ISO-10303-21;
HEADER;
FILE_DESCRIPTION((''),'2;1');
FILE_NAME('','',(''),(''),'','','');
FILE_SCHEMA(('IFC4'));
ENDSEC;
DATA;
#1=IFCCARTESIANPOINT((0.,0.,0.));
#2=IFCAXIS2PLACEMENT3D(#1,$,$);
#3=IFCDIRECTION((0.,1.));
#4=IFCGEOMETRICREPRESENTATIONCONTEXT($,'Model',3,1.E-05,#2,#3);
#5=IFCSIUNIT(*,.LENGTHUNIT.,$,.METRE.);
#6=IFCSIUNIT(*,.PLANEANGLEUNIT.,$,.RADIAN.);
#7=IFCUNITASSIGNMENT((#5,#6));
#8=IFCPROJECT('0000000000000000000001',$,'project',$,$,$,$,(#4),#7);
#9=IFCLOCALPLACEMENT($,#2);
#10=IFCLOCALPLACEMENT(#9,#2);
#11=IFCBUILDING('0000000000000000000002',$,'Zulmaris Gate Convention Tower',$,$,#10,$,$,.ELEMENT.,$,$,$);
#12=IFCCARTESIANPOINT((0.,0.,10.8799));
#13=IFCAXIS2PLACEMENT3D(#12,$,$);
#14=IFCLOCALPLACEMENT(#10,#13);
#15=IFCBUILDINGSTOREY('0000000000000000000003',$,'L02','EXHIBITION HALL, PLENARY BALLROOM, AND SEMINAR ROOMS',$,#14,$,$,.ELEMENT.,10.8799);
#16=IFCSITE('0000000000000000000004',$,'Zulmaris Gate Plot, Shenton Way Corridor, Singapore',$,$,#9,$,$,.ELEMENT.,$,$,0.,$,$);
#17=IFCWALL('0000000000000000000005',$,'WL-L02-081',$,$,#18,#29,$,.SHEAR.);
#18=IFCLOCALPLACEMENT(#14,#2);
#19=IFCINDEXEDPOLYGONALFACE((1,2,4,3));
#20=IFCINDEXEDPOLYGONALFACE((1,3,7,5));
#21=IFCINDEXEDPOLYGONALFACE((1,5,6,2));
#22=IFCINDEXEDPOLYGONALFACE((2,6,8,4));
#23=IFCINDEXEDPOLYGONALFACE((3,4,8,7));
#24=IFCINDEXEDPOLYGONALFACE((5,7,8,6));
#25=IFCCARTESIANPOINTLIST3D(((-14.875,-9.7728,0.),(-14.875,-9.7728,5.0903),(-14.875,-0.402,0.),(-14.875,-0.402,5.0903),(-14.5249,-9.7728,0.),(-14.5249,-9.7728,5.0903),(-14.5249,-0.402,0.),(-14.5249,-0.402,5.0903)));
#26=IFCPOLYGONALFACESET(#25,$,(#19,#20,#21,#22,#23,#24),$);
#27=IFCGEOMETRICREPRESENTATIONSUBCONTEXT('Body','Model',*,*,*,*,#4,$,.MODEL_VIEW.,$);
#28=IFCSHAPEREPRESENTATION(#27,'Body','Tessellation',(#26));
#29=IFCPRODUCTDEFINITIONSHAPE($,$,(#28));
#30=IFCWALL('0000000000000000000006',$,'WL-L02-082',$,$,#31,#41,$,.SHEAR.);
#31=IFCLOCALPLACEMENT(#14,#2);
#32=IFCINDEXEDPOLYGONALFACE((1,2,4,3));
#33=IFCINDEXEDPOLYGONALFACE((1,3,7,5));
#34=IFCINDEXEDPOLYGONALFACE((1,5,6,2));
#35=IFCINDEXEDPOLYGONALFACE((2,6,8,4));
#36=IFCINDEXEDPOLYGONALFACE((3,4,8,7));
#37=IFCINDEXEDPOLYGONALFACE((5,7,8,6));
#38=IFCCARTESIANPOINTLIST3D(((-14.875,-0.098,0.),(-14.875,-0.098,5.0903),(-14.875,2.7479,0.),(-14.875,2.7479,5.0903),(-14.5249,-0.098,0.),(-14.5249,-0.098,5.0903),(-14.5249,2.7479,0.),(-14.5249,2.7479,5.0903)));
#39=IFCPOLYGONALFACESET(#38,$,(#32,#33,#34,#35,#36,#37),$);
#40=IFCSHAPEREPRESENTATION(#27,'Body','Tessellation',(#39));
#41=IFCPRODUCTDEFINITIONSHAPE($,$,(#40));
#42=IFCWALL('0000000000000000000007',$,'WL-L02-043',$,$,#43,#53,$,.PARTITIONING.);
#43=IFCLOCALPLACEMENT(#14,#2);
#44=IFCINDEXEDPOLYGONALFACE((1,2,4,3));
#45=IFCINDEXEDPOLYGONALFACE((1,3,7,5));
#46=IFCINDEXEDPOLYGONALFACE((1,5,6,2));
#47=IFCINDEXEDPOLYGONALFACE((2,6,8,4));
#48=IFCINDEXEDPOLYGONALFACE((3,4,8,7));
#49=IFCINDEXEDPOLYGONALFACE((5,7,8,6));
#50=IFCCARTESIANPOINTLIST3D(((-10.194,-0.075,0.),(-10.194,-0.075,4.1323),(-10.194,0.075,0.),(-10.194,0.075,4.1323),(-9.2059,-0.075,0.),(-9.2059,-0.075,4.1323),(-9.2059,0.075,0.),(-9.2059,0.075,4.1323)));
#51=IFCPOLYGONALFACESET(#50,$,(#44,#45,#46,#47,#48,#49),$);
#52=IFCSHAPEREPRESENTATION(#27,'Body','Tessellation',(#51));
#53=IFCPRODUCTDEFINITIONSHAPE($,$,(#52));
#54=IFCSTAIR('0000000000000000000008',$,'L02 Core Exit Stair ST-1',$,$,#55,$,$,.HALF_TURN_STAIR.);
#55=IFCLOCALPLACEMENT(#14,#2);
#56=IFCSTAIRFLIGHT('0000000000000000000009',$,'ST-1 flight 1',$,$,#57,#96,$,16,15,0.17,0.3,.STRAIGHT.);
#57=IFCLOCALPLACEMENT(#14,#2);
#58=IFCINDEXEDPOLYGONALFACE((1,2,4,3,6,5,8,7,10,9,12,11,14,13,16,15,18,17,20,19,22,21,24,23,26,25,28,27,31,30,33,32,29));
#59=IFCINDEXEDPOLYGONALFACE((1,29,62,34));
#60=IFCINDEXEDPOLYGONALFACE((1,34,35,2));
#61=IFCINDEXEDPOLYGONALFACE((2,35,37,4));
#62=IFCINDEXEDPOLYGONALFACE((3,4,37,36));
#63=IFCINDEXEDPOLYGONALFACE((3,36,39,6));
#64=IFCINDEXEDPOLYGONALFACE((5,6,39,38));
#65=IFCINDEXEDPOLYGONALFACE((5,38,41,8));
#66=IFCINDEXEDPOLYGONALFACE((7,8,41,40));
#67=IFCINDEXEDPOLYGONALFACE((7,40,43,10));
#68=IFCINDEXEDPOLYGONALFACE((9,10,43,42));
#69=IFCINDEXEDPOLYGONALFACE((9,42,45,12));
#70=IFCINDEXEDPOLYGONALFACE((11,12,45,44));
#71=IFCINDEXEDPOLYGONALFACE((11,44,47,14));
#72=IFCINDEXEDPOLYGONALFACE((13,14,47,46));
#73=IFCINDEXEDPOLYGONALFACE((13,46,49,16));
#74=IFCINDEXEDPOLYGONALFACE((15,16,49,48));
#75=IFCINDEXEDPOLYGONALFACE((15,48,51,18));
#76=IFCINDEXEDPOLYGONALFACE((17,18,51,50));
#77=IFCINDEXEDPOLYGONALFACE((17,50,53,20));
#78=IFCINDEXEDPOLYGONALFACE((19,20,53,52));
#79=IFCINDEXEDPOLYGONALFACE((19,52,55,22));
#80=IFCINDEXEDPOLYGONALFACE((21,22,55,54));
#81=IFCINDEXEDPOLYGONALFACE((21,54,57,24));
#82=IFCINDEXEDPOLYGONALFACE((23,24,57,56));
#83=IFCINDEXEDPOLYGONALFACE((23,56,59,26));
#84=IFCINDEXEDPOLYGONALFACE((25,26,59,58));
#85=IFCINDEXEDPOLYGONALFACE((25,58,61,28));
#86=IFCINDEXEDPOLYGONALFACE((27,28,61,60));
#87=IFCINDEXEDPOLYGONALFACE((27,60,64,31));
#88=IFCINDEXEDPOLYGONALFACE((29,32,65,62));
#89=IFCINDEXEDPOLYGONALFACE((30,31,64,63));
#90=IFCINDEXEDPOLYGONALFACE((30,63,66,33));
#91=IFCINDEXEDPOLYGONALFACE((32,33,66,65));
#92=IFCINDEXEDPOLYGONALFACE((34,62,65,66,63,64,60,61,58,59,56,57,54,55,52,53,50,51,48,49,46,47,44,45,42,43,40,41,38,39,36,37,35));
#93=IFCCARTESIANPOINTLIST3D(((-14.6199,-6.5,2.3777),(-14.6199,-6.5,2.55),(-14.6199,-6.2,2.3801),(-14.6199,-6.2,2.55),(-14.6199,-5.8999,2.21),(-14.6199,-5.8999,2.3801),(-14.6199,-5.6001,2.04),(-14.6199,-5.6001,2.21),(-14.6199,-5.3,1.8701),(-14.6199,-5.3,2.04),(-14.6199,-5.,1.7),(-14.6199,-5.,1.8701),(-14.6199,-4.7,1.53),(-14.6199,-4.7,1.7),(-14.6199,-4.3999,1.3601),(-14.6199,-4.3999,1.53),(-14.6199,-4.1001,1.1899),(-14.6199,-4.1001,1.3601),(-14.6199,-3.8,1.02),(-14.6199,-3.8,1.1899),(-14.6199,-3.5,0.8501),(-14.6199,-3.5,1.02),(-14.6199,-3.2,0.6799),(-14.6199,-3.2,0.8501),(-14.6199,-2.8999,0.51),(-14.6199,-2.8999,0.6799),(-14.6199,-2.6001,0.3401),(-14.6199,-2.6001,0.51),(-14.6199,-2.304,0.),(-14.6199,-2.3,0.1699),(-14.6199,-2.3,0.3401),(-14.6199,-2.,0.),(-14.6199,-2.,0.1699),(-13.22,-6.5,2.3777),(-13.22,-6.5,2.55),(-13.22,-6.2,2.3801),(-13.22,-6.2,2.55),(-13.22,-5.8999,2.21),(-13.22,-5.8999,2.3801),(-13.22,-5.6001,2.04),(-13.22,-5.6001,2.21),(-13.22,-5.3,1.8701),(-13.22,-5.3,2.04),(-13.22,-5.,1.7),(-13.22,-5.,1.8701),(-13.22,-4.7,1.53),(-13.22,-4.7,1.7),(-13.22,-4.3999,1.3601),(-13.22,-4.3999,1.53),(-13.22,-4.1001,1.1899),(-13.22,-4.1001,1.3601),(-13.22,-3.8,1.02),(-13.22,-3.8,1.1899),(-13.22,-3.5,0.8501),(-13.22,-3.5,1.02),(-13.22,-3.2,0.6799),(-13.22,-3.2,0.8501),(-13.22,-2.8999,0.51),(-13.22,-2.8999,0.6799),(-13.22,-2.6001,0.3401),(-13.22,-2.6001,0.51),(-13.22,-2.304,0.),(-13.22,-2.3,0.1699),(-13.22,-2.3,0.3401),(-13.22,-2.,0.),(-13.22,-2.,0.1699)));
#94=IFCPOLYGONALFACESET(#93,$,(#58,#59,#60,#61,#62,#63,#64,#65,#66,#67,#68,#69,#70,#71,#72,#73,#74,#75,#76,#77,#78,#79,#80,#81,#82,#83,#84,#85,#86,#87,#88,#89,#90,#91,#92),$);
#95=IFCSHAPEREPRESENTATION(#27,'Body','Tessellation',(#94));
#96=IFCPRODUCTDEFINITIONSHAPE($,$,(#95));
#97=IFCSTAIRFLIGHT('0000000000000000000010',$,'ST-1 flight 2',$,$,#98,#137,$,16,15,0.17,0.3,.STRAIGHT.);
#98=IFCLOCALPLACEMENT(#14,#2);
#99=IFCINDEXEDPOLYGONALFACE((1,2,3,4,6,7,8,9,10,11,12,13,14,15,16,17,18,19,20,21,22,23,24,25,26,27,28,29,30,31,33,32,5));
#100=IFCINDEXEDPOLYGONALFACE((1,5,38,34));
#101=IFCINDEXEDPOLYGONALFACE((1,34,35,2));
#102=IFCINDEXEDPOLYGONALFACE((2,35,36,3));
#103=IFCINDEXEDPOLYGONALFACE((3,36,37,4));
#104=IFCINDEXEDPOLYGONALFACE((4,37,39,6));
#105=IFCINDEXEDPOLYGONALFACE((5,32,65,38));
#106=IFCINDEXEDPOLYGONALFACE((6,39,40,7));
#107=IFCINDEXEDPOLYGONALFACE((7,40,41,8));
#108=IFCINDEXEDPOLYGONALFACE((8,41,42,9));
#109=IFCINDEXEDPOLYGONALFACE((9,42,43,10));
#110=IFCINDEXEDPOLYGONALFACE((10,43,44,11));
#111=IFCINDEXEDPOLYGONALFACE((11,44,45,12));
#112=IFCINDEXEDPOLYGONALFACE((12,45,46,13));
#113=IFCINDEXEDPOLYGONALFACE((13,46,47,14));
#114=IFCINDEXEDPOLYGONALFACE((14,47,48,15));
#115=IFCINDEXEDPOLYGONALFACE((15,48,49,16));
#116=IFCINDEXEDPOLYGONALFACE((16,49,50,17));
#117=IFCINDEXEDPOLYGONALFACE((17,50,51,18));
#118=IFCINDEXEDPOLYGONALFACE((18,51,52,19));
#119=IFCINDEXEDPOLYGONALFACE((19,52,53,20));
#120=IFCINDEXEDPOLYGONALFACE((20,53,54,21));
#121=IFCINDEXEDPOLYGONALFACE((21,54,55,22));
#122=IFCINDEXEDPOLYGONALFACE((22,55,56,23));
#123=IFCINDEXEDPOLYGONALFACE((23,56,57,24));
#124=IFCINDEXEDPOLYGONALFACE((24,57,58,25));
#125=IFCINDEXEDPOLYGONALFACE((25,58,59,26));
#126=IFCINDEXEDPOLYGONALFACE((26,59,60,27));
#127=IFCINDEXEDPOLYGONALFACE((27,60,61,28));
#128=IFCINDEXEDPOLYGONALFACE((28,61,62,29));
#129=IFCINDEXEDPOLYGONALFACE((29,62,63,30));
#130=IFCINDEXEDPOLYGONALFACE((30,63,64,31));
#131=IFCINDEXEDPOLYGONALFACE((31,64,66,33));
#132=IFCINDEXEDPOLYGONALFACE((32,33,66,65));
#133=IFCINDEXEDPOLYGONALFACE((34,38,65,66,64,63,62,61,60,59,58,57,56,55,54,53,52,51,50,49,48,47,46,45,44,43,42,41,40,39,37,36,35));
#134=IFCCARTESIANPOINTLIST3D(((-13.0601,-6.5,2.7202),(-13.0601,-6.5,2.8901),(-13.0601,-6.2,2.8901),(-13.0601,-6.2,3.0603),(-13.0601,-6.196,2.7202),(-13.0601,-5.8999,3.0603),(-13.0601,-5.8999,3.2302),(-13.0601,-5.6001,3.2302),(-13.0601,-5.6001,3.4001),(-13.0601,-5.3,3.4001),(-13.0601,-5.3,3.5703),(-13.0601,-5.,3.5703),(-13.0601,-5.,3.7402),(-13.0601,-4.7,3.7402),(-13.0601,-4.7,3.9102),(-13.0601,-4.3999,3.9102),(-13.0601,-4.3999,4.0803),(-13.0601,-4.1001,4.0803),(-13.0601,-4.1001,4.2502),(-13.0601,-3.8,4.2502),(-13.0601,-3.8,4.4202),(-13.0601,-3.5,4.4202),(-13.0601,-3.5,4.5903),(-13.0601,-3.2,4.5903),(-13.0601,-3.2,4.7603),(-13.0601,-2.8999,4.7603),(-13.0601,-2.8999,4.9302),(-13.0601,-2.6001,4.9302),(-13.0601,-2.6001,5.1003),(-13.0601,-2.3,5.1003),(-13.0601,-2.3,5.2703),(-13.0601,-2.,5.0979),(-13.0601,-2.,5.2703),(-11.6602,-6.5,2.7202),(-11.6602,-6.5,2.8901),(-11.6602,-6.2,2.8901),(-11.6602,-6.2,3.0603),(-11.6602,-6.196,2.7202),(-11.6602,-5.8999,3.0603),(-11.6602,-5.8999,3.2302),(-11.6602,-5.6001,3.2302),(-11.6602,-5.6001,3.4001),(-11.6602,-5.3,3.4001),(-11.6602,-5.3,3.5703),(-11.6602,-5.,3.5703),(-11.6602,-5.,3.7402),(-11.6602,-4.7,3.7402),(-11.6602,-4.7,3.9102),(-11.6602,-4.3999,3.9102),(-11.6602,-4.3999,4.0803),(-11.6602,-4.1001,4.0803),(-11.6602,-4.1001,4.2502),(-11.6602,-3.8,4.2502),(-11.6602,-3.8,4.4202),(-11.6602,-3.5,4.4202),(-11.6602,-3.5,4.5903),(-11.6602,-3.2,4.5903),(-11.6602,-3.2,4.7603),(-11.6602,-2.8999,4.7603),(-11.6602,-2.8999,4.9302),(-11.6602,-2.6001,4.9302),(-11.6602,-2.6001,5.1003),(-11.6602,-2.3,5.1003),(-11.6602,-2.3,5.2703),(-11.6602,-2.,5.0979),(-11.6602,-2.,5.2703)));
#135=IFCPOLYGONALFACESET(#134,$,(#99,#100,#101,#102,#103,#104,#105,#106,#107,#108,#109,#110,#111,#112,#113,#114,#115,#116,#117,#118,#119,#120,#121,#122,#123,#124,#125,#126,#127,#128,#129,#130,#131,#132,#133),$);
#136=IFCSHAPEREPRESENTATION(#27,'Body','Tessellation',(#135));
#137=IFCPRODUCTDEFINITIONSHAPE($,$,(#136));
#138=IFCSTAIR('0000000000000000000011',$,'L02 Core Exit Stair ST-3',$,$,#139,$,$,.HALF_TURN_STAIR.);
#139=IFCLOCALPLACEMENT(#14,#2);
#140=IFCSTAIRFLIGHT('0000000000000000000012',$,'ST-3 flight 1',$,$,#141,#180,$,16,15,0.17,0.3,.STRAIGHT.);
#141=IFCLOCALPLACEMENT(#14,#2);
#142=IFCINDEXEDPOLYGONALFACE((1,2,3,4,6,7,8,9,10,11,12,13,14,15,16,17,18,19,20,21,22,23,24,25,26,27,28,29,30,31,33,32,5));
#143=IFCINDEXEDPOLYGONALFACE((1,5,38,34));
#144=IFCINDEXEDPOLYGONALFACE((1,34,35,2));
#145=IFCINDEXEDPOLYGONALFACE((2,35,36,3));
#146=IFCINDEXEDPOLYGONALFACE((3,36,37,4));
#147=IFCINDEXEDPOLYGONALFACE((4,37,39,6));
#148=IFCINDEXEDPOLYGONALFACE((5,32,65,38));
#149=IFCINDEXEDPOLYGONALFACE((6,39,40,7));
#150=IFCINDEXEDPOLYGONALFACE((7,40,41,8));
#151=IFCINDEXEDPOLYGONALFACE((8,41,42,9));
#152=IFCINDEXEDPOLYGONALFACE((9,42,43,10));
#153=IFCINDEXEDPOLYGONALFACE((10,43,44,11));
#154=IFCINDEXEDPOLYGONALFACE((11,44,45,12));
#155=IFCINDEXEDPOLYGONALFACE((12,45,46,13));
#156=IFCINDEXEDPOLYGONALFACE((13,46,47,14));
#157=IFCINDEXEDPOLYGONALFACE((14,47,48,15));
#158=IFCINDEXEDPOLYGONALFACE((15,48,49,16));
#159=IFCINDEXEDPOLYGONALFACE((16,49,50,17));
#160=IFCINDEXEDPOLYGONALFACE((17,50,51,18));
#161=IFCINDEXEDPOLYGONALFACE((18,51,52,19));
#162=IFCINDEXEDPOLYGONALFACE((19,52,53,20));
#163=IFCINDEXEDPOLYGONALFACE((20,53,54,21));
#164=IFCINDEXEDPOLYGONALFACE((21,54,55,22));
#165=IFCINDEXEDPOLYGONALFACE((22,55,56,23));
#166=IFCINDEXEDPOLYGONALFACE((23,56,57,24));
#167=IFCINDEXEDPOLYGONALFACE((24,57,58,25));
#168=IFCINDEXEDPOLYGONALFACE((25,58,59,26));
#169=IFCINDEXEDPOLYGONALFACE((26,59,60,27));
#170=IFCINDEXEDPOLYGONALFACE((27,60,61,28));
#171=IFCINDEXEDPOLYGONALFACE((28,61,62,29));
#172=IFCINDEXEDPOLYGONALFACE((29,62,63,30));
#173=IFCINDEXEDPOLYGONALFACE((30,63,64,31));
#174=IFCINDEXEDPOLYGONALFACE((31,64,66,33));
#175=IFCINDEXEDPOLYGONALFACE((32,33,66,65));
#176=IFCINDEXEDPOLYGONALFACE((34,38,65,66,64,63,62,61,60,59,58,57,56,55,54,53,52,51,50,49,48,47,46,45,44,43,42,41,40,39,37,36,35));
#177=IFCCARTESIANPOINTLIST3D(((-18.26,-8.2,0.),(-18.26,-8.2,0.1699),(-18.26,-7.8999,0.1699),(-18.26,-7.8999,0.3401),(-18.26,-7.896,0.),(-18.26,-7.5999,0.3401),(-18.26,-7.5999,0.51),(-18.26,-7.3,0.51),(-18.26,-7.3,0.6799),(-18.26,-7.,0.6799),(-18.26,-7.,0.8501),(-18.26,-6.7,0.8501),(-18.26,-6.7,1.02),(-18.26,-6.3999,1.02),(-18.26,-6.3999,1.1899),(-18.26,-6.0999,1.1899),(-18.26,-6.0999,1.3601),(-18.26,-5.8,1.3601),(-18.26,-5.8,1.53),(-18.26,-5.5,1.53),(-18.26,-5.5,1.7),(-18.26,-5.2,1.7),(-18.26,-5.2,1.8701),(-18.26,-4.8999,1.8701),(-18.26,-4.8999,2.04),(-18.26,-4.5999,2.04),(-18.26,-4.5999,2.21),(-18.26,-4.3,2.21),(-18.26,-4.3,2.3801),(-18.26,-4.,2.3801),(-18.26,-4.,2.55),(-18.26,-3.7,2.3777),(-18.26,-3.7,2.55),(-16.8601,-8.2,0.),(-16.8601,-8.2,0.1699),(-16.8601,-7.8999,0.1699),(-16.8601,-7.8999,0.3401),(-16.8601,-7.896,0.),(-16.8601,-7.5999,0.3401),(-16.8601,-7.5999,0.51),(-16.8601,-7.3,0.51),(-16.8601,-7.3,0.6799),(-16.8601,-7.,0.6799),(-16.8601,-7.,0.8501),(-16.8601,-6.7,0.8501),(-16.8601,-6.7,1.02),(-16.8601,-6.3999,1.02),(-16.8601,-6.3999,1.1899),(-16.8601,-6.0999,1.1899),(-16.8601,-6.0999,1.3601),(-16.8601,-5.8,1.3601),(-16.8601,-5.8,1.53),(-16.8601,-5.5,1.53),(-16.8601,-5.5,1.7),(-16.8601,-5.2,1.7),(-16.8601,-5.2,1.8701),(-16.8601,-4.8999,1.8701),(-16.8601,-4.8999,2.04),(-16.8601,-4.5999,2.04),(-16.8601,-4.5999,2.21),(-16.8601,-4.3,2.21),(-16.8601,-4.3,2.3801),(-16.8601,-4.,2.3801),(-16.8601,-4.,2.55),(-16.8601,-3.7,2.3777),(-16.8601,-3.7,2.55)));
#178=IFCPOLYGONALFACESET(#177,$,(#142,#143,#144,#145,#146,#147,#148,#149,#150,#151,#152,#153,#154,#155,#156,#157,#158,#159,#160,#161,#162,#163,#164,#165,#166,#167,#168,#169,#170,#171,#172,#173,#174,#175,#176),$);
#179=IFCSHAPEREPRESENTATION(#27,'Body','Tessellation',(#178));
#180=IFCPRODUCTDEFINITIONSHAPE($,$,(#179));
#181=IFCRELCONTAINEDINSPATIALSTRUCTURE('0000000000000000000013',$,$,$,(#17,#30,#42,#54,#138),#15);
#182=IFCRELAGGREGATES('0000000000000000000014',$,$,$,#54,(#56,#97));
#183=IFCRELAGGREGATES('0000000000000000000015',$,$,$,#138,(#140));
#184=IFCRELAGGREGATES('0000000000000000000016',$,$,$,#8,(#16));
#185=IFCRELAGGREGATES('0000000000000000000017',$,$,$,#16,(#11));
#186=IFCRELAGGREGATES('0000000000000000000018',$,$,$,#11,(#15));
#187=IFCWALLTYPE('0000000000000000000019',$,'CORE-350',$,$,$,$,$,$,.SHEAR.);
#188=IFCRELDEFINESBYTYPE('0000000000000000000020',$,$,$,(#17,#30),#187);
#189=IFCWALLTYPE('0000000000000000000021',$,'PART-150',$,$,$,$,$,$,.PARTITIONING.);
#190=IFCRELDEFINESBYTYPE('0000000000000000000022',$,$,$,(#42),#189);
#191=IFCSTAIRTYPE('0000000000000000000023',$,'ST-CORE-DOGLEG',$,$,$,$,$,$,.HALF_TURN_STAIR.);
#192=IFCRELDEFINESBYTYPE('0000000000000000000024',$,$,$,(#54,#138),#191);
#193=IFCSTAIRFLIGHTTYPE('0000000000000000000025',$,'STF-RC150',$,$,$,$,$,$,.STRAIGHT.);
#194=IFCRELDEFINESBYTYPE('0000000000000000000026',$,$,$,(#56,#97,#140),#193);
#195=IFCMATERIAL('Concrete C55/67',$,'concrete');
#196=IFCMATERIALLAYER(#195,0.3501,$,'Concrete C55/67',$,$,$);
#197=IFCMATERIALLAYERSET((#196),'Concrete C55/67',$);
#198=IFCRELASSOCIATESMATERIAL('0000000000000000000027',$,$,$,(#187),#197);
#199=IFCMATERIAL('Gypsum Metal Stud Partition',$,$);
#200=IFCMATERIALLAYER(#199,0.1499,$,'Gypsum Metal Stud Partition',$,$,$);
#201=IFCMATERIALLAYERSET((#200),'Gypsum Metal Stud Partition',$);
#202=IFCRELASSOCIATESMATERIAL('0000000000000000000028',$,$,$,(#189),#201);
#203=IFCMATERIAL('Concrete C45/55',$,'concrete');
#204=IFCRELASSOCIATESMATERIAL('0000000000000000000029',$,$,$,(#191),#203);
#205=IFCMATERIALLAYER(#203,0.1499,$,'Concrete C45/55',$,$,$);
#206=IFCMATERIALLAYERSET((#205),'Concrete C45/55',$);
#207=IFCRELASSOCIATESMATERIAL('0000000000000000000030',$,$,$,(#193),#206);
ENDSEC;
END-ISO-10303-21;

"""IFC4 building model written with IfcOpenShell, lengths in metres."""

from ifc_helpers import new_model, si_unit, direction, frame, frame_2d, origin, place, context, subcontext, project, spatial, polyline, rectangle, outline, extrude, material, layer, layer_set, type_object, element, aggregate, save


model = new_model("IFC4")

# Units and contexts
model_context = context("Model", 3, precision=1e-05, world=origin(), true_north=direction((0.0, 1.0)))
body_context = subcontext(model_context, "Body", "Model", "MODEL_VIEW")
ifc_project = project(units=[si_unit("LENGTHUNIT", "METRE"), si_unit("PLANEANGLEUNIT", "RADIAN")], contexts=[model_context])

# Site, building, storey
site_placement = place(None, origin())
site = spatial("IfcSite", under=ifc_project, at=site_placement, Name="Zulmaris Gate Plot, Shenton Way Corridor, Singapore", CompositionType="ELEMENT", RefElevation=0.0)
building_placement = place(site_placement, origin())
building = spatial("IfcBuilding", under=site, at=building_placement, Name="Zulmaris Gate Convention Tower", CompositionType="ELEMENT")
storey_placement = place(building_placement, frame((0.0, 0.0, 10.8799)))
storey = spatial("IfcBuildingStorey", under=building, at=storey_placement, Name="L02", Description="EXHIBITION HALL, PLENARY BALLROOM, AND SEMINAR ROOMS", CompositionType="ELEMENT", Elevation=10.8799)

# Walls
ifc_material_1 = material(Name="Concrete C55/67", Category="concrete")
ifc_layer_1 = layer(ifc_material_1, 0.3501, Name="Concrete C55/67")
ifc_layer_set_1 = layer_set([ifc_layer_1], Name="Concrete C55/67")
wall_type_1 = type_object("IfcWallType", Name="CORE-350", PredefinedType="SHEAR", material=ifc_layer_set_1)
wall_1_placement = place(storey_placement, frame((-14.7, -9.7729, 0.0), z_axis=(0.0, 0.0, 1.0), x_axis=(0.0, 1.0, 0.0)))
element("IfcWall", 1, at=wall_1_placement, inside=storey, type_object=wall_type_1, Name="WL-L02-081", PredefinedType="SHEAR", context=body_context, shape_type="SweptSolid", body=[
    extrude(rectangle(XDim=9.3708, YDim=0.3501, at=frame_2d((4.6855, 0.0))), origin(), (0.0, 0.0, 1.0), 5.0903),
])
wall_2_placement = place(storey_placement, frame((-14.7, -0.0979, 0.0), z_axis=(0.0, 0.0, 1.0), x_axis=(0.0, 1.0, 0.0)))
element("IfcWall", 2, at=wall_2_placement, inside=storey, type_object=wall_type_1, Name="WL-L02-082", PredefinedType="SHEAR", context=body_context, shape_type="SweptSolid", body=[
    extrude(rectangle(XDim=2.8459, YDim=0.3501, at=frame_2d((1.4229, 0.0))), origin(), (0.0, 0.0, 1.0), 5.0903),
])
ifc_material_2 = material(Name="Gypsum Metal Stud Partition")
ifc_layer_2 = layer(ifc_material_2, 0.1499, Name="Gypsum Metal Stud Partition")
ifc_layer_set_2 = layer_set([ifc_layer_2], Name="Gypsum Metal Stud Partition")
wall_type_2 = type_object("IfcWallType", Name="PART-150", PredefinedType="PARTITIONING", material=ifc_layer_set_2)
wall_3_placement = place(storey_placement, frame((-10.1941, 0.0, 0.0), z_axis=(0.0, 0.0, 1.0), x_axis=(1.0, 0.0, 0.0)))
element("IfcWall", 3, at=wall_3_placement, inside=storey, type_object=wall_type_2, Name="WL-L02-043", PredefinedType="PARTITIONING", context=body_context, shape_type="SweptSolid", body=[
    extrude(rectangle(XDim=0.988, YDim=0.1499, at=frame_2d((0.4941, 0.0))), origin(), (0.0, 0.0, 1.0), 4.1323),
])

# Stairs, stair flights
ifc_material_3 = material(Name="Concrete C45/55", Category="concrete")
stair_type = type_object("IfcStairType", Name="ST-CORE-DOGLEG", PredefinedType="HALF_TURN_STAIR", material=ifc_material_3)
stair_1_placement = place(storey_placement, origin())
stair_1 = element("IfcStair", 4, at=stair_1_placement, inside=storey, type_object=stair_type, Name="L02 Core Exit Stair ST-1", PredefinedType="HALF_TURN_STAIR")
ifc_layer_3 = layer(ifc_material_3, 0.1499, Name="Concrete C45/55")
ifc_layer_set_3 = layer_set([ifc_layer_3], Name="Concrete C45/55")
stair_flight_type = type_object("IfcStairFlightType", Name="STF-RC150", PredefinedType="STRAIGHT", material=ifc_layer_set_3)
stair_flight_1_placement = place(storey_placement, frame((-13.9199, -2.0, 0.0), z_axis=(0.0, 0.0, 1.0), x_axis=(0.0, -1.0, 0.0)))
stair_flight_1 = element("IfcStairFlight", 5, at=stair_flight_1_placement, type_object=stair_flight_type, Name="ST-1 flight 1", NumberOfRisers=16, NumberOfTreads=15, PredefinedType="STRAIGHT", RiserHeight=0.17, TreadLength=0.3, context=body_context, shape_type="SweptSolid", body=[
    extrude(outline(polyline([(0.0, 0.0), (0.0, 0.1699), (0.3, 0.1699), (0.3, 0.3401), (0.6001, 0.3401), (0.6001, 0.51), (0.8999, 0.51), (0.8999, 0.6799), (1.2, 0.6799), (1.2, 0.8501), (1.5, 0.8501), (1.5, 1.02), (1.8, 1.02), (1.8, 1.1899), (2.1001, 1.1899), (2.1001, 1.3601), (2.3999, 1.3601), (2.3999, 1.53), (2.7, 1.53), (2.7, 1.7), (3.0, 1.7), (3.0, 1.8701), (3.3, 1.8701), (3.3, 2.04), (3.6001, 2.04), (3.6001, 2.21), (3.8999, 2.21), (3.8999, 2.3801), (4.2, 2.3801), (4.2, 2.55), (4.5, 2.55), (4.5, 2.7202), (4.5, 2.3777), (0.304, 0.0), (0.0, 0.0)])), frame((0.0, 0.7, 0.0), z_axis=(0.0, -1.0, 0.0), x_axis=(1.0, 0.0, 0.0)), (0.0, 0.0, 1.0), 1.3999),
])
stair_flight_2_placement = place(storey_placement, frame((-12.3601, -6.5, 2.7202), z_axis=(0.0, 0.0, 1.0), x_axis=(0.0, 1.0, 0.0)))
stair_flight_2 = element("IfcStairFlight", 6, at=stair_flight_2_placement, type_object=stair_flight_type, Name="ST-1 flight 2", NumberOfRisers=16, NumberOfTreads=15, PredefinedType="STRAIGHT", RiserHeight=0.17, TreadLength=0.3, context=body_context, shape_type="SweptSolid", body=[
    extrude(outline(polyline([(0.0, 0.0), (0.0, 0.1699), (0.3, 0.1699), (0.3, 0.3401), (0.6001, 0.3401), (0.6001, 0.51), (0.8999, 0.51), (0.8999, 0.6799), (1.2, 0.6799), (1.2, 0.8501), (1.5, 0.8501), (1.5, 1.02), (1.8, 1.02), (1.8, 1.1899), (2.1001, 1.1899), (2.1001, 1.3601), (2.3999, 1.3601), (2.3999, 1.53), (2.7, 1.53), (2.7, 1.7), (3.0, 1.7), (3.0, 1.8701), (3.3, 1.8701), (3.3, 2.04), (3.6001, 2.04), (3.6001, 2.21), (3.8999, 2.21), (3.8999, 2.3801), (4.2, 2.3801), (4.2, 2.55), (4.5, 2.55), (4.5, 2.7202), (4.5, 2.3777), (0.304, 0.0), (0.0, 0.0)])), frame((0.0, 0.7, 0.0), z_axis=(0.0, -1.0, 0.0), x_axis=(1.0, 0.0, 0.0)), (0.0, 0.0, 1.0), 1.3999),
])
aggregate(stair_1, [stair_flight_1, stair_flight_2])
stair_2_placement = place(storey_placement, origin())
stair_2 = element("IfcStair", 7, at=stair_2_placement, inside=storey, type_object=stair_type, Name="L02 Core Exit Stair ST-3", PredefinedType="HALF_TURN_STAIR")
stair_flight_3_placement = place(storey_placement, frame((-17.5601, -8.2, 0.0), z_axis=(0.0, 0.0, 1.0), x_axis=(0.0, 1.0, 0.0)))
stair_flight_3 = element("IfcStairFlight", 8, at=stair_flight_3_placement, type_object=stair_flight_type, Name="ST-3 flight 1", NumberOfRisers=16, NumberOfTreads=15, PredefinedType="STRAIGHT", RiserHeight=0.17, TreadLength=0.3, context=body_context, shape_type="SweptSolid", body=[
    extrude(outline(polyline([(0.0, 0.0), (0.0, 0.1699), (0.3, 0.1699), (0.3, 0.3401), (0.6001, 0.3401), (0.6001, 0.51), (0.8999, 0.51), (0.8999, 0.6799), (1.2, 0.6799), (1.2, 0.8501), (1.5, 0.8501), (1.5, 1.02), (1.8, 1.02), (1.8, 1.1899), (2.1001, 1.1899), (2.1001, 1.3601), (2.3999, 1.3601), (2.3999, 1.53), (2.7, 1.53), (2.7, 1.7), (3.0, 1.7), (3.0, 1.8701), (3.3, 1.8701), (3.3, 2.04), (3.6001, 2.04), (3.6001, 2.21), (3.8999, 2.21), (3.8999, 2.3801), (4.2, 2.3801), (4.2, 2.55), (4.5, 2.55), (4.5, 2.7202), (4.5, 2.3777), (0.304, 0.0), (0.0, 0.0)])), frame((0.0, 0.7, 0.0), z_axis=(0.0, -1.0, 0.0), x_axis=(1.0, 0.0, 0.0)), (0.0, 0.0, 1.0), 1.3999),
])
aggregate(stair_2, [stair_flight_3])

save(model, "model.ifc")
